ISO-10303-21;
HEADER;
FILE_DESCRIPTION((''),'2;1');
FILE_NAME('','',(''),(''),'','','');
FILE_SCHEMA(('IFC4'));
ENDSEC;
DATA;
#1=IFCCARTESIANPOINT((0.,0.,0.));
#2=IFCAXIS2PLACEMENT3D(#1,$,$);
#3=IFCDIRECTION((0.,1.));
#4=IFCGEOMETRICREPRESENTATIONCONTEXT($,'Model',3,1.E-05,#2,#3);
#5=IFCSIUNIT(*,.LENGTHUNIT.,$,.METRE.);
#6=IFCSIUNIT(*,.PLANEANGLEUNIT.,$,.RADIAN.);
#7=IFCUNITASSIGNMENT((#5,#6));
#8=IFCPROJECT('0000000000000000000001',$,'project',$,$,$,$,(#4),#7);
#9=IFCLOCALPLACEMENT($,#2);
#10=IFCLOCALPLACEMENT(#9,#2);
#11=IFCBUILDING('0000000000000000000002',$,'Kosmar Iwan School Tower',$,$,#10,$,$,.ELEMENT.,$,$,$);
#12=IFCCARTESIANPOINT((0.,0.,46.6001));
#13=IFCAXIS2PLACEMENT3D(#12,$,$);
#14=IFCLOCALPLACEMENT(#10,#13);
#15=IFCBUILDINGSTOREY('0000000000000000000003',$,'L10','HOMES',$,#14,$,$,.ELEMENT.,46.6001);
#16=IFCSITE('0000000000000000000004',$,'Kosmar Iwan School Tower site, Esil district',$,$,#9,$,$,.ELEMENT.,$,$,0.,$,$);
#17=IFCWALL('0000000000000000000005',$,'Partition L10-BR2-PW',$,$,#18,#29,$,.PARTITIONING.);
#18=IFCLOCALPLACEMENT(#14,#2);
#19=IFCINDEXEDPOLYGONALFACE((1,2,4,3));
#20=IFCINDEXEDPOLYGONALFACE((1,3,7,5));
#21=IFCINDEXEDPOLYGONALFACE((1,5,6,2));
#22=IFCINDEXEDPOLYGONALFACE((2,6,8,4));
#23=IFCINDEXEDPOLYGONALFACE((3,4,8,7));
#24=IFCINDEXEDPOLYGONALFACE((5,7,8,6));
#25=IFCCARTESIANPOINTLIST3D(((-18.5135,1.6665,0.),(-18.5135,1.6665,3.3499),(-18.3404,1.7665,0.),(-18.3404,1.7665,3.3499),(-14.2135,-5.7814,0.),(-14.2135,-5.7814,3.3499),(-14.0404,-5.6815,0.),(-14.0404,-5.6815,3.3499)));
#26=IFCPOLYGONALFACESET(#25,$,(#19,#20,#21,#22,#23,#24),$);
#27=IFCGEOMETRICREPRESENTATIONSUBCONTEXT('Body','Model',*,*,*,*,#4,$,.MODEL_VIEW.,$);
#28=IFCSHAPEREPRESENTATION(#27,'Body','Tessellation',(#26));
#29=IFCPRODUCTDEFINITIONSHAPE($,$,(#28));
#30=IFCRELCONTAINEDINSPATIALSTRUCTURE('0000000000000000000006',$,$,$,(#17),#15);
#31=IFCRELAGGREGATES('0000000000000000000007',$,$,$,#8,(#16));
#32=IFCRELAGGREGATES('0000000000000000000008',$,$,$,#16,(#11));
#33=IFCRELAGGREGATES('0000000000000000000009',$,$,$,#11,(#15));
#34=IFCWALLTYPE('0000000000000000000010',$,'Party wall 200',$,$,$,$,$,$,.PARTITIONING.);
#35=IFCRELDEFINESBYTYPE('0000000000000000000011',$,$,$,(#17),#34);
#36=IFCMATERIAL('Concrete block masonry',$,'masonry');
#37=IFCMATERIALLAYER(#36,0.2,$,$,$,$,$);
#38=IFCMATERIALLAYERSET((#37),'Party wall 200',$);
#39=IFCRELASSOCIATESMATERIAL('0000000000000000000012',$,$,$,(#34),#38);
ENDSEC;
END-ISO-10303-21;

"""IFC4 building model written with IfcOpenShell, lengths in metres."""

from ifc_helpers import new_model, si_unit, direction, frame, frame_2d, origin, place, context, subcontext, project, spatial, rectangle, extrude, material, layer, layer_set, type_object, element, save


model = new_model("IFC4")

# Units and contexts
model_context = context("Model", 3, precision=1e-05, world=origin(), true_north=direction((0.0, 1.0)))
body_context = subcontext(model_context, "Body", "Model", "MODEL_VIEW")
ifc_project = project(units=[si_unit("LENGTHUNIT", "METRE"), si_unit("PLANEANGLEUNIT", "RADIAN")], contexts=[model_context])

# Site, building, storey
site_placement = place(None, origin())
site = spatial("IfcSite", under=ifc_project, at=site_placement, Name="Kosmar Iwan School Tower site, Esil district", CompositionType="ELEMENT", RefElevation=0.0)
building_placement = place(site_placement, origin())
building = spatial("IfcBuilding", under=site, at=building_placement, Name="Kosmar Iwan School Tower", CompositionType="ELEMENT")
storey_placement = place(building_placement, frame((0.0, 0.0, 46.6001)))
storey = spatial("IfcBuildingStorey", under=building, at=storey_placement, Name="L10", Description="HOMES", CompositionType="ELEMENT", Elevation=46.6001)

# Wall
ifc_material_1 = material(Name="Concrete block masonry", Category="masonry")
ifc_layer_1 = layer(ifc_material_1, 0.2)
ifc_layer_set_1 = layer_set([ifc_layer_1], Name="Party wall 200")
wall_type_1 = type_object("IfcWallType", Name="Party wall 200", PredefinedType="PARTITIONING", material=ifc_layer_set_1)
wall_1_placement = place(storey_placement, frame((-14.127, -5.7314, 0.0), z_axis=(0.0, 0.0, 1.0), x_axis=(-0.499995, 0.866028, 0.0)))
element("IfcWall", 1, at=wall_1_placement, inside=storey, type_object=wall_type_1, Name="Partition L10-BR2-PW", PredefinedType="PARTITIONING", context=body_context, shape_type="SweptSolid", body=[
    extrude(rectangle(XDim=8.6001, YDim=0.2, at=frame_2d((4.3, 0.0))), origin(), (0.0, 0.0, 1.0), 3.3499),
])

save(model, "model.ifc")
